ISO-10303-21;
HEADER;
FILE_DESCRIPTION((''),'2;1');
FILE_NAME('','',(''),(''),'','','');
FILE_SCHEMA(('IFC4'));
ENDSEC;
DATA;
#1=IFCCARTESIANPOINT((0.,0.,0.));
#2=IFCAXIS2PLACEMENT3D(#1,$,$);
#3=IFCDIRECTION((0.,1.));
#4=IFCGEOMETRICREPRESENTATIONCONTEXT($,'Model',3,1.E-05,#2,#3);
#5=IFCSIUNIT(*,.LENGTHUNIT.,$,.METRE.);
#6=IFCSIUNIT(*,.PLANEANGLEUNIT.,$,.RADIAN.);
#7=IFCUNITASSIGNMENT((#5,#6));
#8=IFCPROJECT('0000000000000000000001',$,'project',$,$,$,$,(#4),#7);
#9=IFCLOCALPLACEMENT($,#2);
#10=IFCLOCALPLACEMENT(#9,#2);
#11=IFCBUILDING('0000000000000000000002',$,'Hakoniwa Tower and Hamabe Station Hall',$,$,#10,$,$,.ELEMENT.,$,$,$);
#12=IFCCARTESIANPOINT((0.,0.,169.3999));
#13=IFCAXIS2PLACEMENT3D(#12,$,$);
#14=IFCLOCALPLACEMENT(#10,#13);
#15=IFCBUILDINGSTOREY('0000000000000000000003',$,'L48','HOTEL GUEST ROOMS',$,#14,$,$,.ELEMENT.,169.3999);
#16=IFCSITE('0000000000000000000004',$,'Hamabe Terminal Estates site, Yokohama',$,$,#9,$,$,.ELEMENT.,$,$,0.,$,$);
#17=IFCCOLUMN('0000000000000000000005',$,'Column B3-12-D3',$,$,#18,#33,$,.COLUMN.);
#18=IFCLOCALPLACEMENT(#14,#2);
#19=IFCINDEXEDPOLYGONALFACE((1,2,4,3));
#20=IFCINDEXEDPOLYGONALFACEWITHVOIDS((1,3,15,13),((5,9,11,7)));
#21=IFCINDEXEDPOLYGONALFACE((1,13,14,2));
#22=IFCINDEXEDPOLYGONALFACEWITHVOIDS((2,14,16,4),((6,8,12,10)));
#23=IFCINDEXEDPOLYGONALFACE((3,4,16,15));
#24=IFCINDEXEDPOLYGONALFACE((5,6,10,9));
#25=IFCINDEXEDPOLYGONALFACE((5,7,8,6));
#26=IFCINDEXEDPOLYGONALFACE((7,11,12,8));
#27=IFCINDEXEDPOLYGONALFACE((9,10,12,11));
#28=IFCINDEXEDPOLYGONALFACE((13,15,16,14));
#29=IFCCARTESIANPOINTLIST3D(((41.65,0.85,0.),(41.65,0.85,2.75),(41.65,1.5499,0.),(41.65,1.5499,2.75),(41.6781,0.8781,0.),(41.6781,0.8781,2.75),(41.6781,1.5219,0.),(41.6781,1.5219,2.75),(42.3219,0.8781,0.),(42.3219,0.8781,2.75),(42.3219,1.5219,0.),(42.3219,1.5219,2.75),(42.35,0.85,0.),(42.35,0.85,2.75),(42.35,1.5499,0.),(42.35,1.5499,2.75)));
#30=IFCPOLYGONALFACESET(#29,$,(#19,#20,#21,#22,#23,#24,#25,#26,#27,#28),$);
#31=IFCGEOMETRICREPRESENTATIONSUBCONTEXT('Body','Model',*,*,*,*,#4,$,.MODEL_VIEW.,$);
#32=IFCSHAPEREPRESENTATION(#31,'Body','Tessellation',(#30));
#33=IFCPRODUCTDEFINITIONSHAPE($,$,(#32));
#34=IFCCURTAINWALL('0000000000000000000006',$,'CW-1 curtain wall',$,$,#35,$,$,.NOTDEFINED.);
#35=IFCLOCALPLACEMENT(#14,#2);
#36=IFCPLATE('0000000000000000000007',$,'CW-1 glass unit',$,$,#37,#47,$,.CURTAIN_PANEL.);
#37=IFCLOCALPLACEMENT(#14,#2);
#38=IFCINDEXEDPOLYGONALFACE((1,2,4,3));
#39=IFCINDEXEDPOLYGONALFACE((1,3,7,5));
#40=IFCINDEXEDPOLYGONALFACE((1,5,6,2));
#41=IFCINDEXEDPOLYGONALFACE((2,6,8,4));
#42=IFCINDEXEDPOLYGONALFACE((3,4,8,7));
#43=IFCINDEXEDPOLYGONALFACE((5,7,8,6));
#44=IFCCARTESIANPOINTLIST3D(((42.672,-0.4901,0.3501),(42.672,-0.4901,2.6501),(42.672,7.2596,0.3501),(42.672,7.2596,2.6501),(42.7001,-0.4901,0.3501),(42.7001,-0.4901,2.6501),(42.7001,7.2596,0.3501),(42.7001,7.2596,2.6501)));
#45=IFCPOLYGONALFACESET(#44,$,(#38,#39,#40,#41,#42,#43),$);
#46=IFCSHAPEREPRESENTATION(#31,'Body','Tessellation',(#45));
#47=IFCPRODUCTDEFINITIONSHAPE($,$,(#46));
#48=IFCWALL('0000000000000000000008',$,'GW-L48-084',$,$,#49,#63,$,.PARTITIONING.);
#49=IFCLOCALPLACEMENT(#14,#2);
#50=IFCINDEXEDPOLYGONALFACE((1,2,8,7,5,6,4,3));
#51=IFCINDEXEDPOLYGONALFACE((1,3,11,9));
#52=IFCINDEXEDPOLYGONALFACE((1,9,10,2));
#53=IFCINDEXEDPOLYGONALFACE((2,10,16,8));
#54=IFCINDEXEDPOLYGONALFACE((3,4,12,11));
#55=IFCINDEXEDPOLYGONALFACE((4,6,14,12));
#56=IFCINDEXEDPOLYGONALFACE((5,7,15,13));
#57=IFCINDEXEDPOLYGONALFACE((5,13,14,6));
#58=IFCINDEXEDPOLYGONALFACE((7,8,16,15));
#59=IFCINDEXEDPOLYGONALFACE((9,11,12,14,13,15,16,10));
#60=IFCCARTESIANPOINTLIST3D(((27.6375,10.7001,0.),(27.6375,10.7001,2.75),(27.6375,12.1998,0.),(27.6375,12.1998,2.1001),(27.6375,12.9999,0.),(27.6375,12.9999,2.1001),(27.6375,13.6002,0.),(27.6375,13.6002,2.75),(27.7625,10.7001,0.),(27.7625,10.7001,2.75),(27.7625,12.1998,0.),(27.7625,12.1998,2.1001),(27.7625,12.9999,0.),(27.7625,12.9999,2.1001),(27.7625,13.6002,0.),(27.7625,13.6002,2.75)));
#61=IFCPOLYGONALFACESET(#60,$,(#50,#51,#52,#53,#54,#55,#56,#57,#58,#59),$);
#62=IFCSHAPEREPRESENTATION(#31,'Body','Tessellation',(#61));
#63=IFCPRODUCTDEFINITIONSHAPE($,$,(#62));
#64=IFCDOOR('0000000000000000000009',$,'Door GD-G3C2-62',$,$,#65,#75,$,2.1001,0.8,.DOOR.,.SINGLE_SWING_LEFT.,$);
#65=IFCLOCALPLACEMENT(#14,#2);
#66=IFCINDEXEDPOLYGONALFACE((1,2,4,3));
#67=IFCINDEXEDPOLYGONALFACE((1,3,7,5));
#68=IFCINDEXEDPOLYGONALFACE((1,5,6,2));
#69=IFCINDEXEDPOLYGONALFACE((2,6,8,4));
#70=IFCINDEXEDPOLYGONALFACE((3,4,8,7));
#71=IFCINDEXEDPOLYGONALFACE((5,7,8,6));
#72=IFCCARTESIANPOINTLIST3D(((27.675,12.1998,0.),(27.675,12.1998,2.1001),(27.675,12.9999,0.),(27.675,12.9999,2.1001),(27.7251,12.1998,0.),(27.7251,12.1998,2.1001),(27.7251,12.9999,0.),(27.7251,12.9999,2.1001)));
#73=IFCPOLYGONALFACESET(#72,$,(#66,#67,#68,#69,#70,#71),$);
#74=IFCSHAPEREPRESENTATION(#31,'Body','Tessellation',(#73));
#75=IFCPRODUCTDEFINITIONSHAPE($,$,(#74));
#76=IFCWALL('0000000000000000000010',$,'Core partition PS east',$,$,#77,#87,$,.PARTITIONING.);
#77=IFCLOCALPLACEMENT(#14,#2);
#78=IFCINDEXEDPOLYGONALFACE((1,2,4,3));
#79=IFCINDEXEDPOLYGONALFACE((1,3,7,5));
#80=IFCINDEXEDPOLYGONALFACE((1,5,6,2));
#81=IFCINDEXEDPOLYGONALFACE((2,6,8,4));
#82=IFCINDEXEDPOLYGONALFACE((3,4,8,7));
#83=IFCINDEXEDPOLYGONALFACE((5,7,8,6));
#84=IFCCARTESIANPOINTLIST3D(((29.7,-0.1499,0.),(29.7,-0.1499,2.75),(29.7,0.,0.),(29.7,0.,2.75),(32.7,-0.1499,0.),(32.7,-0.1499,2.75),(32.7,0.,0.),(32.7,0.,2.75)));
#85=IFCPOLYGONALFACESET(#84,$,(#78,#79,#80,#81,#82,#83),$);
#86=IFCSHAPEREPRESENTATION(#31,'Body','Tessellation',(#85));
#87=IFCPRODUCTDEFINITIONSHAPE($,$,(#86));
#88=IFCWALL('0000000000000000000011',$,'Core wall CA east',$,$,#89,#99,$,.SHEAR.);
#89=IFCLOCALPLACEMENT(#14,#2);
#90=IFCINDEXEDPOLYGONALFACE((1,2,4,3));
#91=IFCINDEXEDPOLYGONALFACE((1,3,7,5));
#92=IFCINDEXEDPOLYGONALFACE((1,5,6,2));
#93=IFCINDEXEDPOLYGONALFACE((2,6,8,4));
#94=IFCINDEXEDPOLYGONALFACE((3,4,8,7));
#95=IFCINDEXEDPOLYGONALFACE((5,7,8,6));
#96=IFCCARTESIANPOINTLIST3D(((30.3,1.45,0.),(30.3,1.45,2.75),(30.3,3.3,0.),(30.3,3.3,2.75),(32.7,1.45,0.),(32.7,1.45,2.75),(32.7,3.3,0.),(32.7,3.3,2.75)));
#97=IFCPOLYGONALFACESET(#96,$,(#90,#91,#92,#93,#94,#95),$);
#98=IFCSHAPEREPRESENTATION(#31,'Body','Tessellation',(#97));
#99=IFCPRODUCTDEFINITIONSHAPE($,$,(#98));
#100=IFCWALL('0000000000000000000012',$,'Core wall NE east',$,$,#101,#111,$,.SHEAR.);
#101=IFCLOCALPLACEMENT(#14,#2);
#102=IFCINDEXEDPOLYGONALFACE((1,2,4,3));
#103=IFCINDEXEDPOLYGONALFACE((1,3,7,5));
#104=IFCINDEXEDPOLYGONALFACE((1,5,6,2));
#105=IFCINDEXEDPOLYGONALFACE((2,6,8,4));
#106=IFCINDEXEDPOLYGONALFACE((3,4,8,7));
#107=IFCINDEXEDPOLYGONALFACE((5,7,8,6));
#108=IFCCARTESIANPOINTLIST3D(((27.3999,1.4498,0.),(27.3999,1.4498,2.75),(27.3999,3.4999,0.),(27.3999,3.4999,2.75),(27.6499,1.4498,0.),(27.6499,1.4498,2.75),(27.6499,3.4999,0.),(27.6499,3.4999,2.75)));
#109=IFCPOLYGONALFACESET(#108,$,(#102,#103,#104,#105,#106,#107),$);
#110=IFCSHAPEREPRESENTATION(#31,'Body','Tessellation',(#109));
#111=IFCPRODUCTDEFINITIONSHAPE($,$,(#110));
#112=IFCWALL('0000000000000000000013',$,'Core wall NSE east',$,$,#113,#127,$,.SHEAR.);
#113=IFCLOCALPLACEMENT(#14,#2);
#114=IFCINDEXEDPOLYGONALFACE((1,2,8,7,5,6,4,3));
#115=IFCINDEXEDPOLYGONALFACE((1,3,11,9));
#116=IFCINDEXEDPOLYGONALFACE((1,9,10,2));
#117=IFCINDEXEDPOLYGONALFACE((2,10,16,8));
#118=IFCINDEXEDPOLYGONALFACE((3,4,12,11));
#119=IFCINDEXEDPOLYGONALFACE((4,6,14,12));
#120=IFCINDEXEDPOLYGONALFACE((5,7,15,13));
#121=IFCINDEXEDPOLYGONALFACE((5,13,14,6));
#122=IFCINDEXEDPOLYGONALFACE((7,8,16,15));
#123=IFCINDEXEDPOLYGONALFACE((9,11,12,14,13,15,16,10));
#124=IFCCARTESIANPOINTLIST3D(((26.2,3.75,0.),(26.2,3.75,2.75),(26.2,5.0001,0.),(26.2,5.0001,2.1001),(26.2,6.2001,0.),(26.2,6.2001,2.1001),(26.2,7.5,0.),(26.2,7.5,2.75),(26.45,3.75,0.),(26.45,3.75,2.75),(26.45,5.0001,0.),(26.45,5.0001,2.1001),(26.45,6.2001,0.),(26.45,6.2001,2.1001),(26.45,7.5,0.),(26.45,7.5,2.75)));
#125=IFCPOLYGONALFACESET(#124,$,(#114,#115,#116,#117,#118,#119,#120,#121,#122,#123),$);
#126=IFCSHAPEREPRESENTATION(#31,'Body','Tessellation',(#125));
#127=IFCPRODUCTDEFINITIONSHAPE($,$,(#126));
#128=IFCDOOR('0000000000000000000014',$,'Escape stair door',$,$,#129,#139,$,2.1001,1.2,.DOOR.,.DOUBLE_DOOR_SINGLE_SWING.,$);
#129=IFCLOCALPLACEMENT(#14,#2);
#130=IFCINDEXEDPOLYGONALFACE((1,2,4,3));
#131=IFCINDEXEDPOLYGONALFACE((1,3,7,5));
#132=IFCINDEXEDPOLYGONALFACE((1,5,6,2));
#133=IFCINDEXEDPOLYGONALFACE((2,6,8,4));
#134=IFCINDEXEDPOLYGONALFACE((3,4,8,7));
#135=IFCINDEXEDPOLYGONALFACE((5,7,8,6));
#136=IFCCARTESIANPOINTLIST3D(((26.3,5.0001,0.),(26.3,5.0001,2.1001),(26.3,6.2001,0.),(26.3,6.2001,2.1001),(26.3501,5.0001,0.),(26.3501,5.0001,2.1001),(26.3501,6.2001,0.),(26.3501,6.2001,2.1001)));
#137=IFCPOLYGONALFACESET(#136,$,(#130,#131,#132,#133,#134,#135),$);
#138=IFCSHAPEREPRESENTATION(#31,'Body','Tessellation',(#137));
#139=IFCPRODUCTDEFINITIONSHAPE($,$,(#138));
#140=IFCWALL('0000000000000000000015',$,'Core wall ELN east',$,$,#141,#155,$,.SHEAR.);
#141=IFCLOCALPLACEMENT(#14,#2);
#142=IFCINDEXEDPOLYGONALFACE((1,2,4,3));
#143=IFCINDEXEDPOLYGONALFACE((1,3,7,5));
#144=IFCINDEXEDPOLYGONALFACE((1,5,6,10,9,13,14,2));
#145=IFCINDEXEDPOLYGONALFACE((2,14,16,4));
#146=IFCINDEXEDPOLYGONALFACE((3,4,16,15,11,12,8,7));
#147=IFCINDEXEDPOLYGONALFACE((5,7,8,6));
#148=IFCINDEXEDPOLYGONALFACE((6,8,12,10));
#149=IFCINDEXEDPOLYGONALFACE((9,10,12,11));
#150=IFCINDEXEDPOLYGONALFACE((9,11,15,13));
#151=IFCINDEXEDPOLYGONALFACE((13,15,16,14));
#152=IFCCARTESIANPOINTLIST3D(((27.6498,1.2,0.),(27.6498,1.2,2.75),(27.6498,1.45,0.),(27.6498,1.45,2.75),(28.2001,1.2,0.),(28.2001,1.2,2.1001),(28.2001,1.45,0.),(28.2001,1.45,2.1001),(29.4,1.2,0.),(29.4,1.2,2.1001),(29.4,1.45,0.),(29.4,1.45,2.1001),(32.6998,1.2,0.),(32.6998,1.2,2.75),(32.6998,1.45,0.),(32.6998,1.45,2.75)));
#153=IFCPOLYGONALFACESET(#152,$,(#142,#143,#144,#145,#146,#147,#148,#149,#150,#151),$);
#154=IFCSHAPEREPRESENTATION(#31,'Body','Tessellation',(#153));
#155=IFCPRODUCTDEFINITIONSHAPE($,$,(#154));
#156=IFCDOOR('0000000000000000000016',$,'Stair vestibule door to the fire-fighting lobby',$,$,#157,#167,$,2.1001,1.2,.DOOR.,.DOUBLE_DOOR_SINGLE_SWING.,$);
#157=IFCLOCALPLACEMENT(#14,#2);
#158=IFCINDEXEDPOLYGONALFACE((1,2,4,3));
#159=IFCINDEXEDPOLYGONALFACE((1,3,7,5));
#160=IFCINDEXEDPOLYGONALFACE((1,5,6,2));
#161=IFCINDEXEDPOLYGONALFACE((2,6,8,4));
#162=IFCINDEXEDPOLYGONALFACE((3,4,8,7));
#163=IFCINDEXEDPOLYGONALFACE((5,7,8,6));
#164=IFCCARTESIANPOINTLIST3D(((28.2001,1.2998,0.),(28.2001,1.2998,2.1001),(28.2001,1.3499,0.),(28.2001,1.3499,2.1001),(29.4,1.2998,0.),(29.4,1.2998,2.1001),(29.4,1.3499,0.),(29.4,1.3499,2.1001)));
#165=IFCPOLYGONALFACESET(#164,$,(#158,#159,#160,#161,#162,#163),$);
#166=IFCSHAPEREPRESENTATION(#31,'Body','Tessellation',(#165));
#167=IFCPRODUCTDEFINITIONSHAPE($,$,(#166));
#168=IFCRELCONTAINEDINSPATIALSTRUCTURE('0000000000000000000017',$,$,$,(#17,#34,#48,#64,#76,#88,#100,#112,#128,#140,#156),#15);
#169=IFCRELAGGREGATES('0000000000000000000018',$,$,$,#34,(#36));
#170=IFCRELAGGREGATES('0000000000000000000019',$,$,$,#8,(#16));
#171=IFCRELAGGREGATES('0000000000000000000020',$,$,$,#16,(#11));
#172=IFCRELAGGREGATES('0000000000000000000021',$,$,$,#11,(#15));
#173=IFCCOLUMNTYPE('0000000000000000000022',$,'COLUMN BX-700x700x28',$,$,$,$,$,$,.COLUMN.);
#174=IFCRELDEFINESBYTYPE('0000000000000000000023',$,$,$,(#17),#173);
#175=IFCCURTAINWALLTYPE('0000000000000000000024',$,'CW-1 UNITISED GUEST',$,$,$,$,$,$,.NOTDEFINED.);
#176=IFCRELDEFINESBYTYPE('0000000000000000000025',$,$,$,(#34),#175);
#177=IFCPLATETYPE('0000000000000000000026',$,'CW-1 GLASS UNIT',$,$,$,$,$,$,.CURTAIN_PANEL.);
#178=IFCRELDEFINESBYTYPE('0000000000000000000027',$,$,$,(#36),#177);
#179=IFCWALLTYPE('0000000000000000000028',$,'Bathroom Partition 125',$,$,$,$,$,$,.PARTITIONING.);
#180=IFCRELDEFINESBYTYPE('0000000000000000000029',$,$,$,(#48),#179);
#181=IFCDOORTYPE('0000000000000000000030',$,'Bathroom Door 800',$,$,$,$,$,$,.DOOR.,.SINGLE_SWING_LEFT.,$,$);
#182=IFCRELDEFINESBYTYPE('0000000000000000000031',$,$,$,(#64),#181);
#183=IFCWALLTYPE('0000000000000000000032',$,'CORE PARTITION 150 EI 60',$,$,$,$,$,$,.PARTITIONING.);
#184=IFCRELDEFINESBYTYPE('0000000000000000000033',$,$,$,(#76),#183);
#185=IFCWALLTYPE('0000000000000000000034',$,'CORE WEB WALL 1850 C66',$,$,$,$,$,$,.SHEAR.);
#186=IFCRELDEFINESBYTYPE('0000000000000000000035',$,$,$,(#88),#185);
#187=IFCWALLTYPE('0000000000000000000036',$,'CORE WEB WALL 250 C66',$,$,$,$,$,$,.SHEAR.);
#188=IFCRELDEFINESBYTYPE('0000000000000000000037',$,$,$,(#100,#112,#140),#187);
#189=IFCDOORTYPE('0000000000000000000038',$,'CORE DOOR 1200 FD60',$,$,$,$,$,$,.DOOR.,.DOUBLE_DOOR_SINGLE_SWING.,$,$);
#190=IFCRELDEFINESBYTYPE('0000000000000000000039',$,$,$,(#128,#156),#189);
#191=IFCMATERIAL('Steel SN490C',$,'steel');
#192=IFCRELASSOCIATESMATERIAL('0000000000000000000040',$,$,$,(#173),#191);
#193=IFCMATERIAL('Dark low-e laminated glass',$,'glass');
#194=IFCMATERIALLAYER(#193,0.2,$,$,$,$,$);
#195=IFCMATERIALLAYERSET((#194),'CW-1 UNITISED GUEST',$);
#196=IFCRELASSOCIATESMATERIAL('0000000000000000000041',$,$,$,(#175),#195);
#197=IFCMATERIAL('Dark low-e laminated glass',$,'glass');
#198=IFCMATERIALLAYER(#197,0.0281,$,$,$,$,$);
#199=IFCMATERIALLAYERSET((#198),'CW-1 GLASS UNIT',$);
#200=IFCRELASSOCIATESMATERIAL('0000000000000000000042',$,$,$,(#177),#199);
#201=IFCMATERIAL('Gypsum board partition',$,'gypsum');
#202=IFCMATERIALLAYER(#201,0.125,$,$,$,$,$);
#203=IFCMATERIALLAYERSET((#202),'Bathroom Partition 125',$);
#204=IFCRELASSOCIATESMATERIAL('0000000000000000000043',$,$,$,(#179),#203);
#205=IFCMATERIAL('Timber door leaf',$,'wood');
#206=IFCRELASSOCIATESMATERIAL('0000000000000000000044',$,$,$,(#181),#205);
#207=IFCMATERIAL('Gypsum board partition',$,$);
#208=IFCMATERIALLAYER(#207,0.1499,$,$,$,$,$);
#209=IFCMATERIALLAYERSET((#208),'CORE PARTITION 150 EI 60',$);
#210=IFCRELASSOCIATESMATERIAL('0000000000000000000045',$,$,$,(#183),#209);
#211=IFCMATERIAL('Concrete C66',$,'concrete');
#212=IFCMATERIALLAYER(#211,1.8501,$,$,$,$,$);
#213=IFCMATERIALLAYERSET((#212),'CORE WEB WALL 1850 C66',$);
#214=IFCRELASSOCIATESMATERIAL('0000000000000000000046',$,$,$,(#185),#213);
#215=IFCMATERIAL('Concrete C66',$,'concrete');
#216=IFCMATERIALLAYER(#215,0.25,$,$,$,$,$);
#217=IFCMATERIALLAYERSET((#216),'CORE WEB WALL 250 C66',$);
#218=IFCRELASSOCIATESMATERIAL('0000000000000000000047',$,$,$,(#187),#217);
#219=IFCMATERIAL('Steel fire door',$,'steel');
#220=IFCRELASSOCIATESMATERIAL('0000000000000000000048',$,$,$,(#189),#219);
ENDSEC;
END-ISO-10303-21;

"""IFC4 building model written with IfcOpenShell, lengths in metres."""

from ifc_helpers import new_model, si_unit, direction, frame, frame_2d, origin, origin_2d, place, context, subcontext, project, spatial, rectangle, hollow_rectangle, extrude, material, layer, layer_set, material_profile, profile_set, type_object, element, fill, aggregate, save


model = new_model("IFC4")

# Units and contexts
model_context = context("Model", 3, precision=1e-05, world=origin(), true_north=direction((0.0, 1.0)))
body_context = subcontext(model_context, "Body", "Model", "MODEL_VIEW")
ifc_project = project(units=[si_unit("LENGTHUNIT", "METRE"), si_unit("PLANEANGLEUNIT", "RADIAN")], contexts=[model_context])

# Site, building, storey
site_placement = place(None, origin())
site = spatial("IfcSite", under=ifc_project, at=site_placement, Name="Hamabe Terminal Estates site, Yokohama", CompositionType="ELEMENT", RefElevation=0.0)
building_placement = place(site_placement, origin())
building = spatial("IfcBuilding", under=site, at=building_placement, Name="Hakoniwa Tower and Hamabe Station Hall", CompositionType="ELEMENT")
storey_placement = place(building_placement, frame((0.0, 0.0, 169.3999)))
storey = spatial("IfcBuildingStorey", under=building, at=storey_placement, Name="L48", Description="HOTEL GUEST ROOMS", CompositionType="ELEMENT", Elevation=169.3999)

# Column
ifc_material_1 = material(Name="Steel SN490C", Category="steel")
ifc_material_profile = material_profile(ifc_material_1, hollow_rectangle(XDim=0.7, YDim=0.7, WallThickness=0.0281, at=origin_2d()), Name="BX-700x700x28")
ifc_profile_set = profile_set([ifc_material_profile], Name="Steel SN490C")
column_type = type_object("IfcColumnType", Name="COLUMN BX-700x700x28", PredefinedType="COLUMN", material=ifc_profile_set)
column_placement = place(storey_placement, frame((42.0, 1.2, 0.0), z_axis=(0.0, 0.0, 1.0), x_axis=(1.0, 0.0, 0.0)))
element("IfcColumn", 1, at=column_placement, inside=storey, type_object=column_type, Name="Column B3-12-D3", PredefinedType="COLUMN", context=body_context, shape_type="SweptSolid", body=[
    extrude(hollow_rectangle(XDim=0.7, YDim=0.7, WallThickness=0.0281, at=origin_2d()), origin(), (0.0, 0.0, 1.0), 2.75),
])

# Curtain wall, plate
ifc_material_2 = material(Name="Dark low-e laminated glass", Category="glass")
ifc_layer_1 = layer(ifc_material_2, 0.2)
ifc_layer_set_1 = layer_set([ifc_layer_1], Name="CW-1 UNITISED GUEST")
curtain_wall_type = type_object("IfcCurtainWallType", Name="CW-1 UNITISED GUEST", PredefinedType="NOTDEFINED", material=ifc_layer_set_1)
curtain_wall_placement = place(storey_placement, origin())
curtain_wall = element("IfcCurtainWall", 2, at=curtain_wall_placement, inside=storey, type_object=curtain_wall_type, Name="CW-1 curtain wall", PredefinedType="NOTDEFINED")
ifc_material_3 = material(Name="Dark low-e laminated glass", Category="glass")
ifc_layer_2 = layer(ifc_material_3, 0.0281)
ifc_layer_set_2 = layer_set([ifc_layer_2], Name="CW-1 GLASS UNIT")
plate_type = type_object("IfcPlateType", Name="CW-1 GLASS UNIT", PredefinedType="CURTAIN_PANEL", material=ifc_layer_set_2)
plate_placement = place(storey_placement, frame((42.686, 3.3848, 0.3501), z_axis=(0.0, 0.0, 1.0), x_axis=(0.0, 1.0, 0.0)))
plate = element("IfcPlate", 3, at=plate_placement, type_object=plate_type, Name="CW-1 glass unit", PredefinedType="CURTAIN_PANEL", context=body_context, shape_type="SweptSolid", body=[
    extrude(rectangle(XDim=7.7498, YDim=0.0281, at=origin_2d()), origin(), (0.0, 0.0, 1.0), 2.3),
])
aggregate(curtain_wall, [plate])

# Wall, opening, door
ifc_material_4 = material(Name="Gypsum board partition", Category="gypsum")
ifc_layer_3 = layer(ifc_material_4, 0.125)
ifc_layer_set_3 = layer_set([ifc_layer_3], Name="Bathroom Partition 125")
wall_type_1 = type_object("IfcWallType", Name="Bathroom Partition 125", PredefinedType="PARTITIONING", material=ifc_layer_set_3)
wall_1_placement = place(storey_placement, frame((27.7, 10.7, 0.0), z_axis=(0.0, 0.0, 1.0), x_axis=(0.0, 1.0, 0.0)))
wall_1 = element("IfcWall", 4, at=wall_1_placement, inside=storey, type_object=wall_type_1, Name="GW-L48-084", PredefinedType="PARTITIONING", context=body_context, shape_type="SweptSolid", body=[
    extrude(rectangle(XDim=2.9001, YDim=0.125, at=frame_2d((1.4502, 0.0))), origin(), (0.0, 0.0, 1.0), 2.75),
])
opening_1_placement = place(wall_1_placement, frame((1.5, 0.0, 0.0)))
opening_1 = element("IfcOpeningElement", 5, at=opening_1_placement, cuts=wall_1, PredefinedType="OPENING", context=body_context, shape_type="SweptSolid", body=[
    extrude(rectangle(XDim=0.8, YDim=2.1001, at=frame_2d((0.3999, 1.05))), frame((0.0, 0.0725, 0.0), z_axis=(0.0, -1.0, 0.0), x_axis=(1.0, 0.0, 0.0)), (0.0, 0.0, 1.0), 0.145),
])
ifc_material_5 = material(Name="Timber door leaf", Category="wood")
door_type_1 = type_object("IfcDoorType", Name="Bathroom Door 800", OperationType="SINGLE_SWING_LEFT", PredefinedType="DOOR", material=ifc_material_5)
door_1_placement = place(opening_1_placement, origin())
door_1 = element("IfcDoor", 6, at=door_1_placement, inside=storey, type_object=door_type_1, Name="Door GD-G3C2-62", OperationType="SINGLE_SWING_LEFT", OverallHeight=2.1001, OverallWidth=0.8, PredefinedType="DOOR", context=body_context, shape_type="SweptSolid", body=[
    extrude(rectangle(XDim=0.8, YDim=2.1001, at=frame_2d((0.3999, 1.05))), frame((0.0, 0.0249, 0.0), z_axis=(0.0, -1.0, 0.0), x_axis=(1.0, 0.0, 0.0)), (0.0, 0.0, 1.0), 0.05),
])
fill(opening_1, door_1)

# Walls
ifc_material_6 = material(Name="Gypsum board partition")
ifc_layer_4 = layer(ifc_material_6, 0.1499)
ifc_layer_set_4 = layer_set([ifc_layer_4], Name="CORE PARTITION 150 EI 60")
wall_type_2 = type_object("IfcWallType", Name="CORE PARTITION 150 EI 60", PredefinedType="PARTITIONING", material=ifc_layer_set_4)
wall_2_placement = place(storey_placement, frame((29.7, -0.075, 0.0), z_axis=(0.0, 0.0, 1.0), x_axis=(1.0, 0.0, 0.0)))
element("IfcWall", 7, at=wall_2_placement, inside=storey, type_object=wall_type_2, Name="Core partition PS east", PredefinedType="PARTITIONING", context=body_context, shape_type="SweptSolid", body=[
    extrude(rectangle(XDim=3.0, YDim=0.1499, at=frame_2d((1.5, 0.0))), origin(), (0.0, 0.0, 1.0), 2.75),
])
ifc_material_7 = material(Name="Concrete C66", Category="concrete")
ifc_layer_5 = layer(ifc_material_7, 1.8501)
ifc_layer_set_5 = layer_set([ifc_layer_5], Name="CORE WEB WALL 1850 C66")
wall_type_3 = type_object("IfcWallType", Name="CORE WEB WALL 1850 C66", PredefinedType="SHEAR", material=ifc_layer_set_5)
wall_3_placement = place(storey_placement, frame((30.3, 2.375, 0.0), z_axis=(0.0, 0.0, 1.0), x_axis=(1.0, 0.0, 0.0)))
element("IfcWall", 8, at=wall_3_placement, inside=storey, type_object=wall_type_3, Name="Core wall CA east", PredefinedType="SHEAR", context=body_context, shape_type="SweptSolid", body=[
    extrude(rectangle(XDim=2.3999, YDim=1.8501, at=frame_2d((1.2, 0.0))), origin(), (0.0, 0.0, 1.0), 2.75),
])
ifc_material_8 = material(Name="Concrete C66", Category="concrete")
ifc_layer_6 = layer(ifc_material_8, 0.25)
ifc_layer_set_6 = layer_set([ifc_layer_6], Name="CORE WEB WALL 250 C66")
wall_type_4 = type_object("IfcWallType", Name="CORE WEB WALL 250 C66", PredefinedType="SHEAR", material=ifc_layer_set_6)
wall_4_placement = place(storey_placement, frame((27.5249, 1.45, 0.0), z_axis=(0.0, 0.0, 1.0), x_axis=(0.0, 1.0, 0.0)))
element("IfcWall", 9, at=wall_4_placement, inside=storey, type_object=wall_type_4, Name="Core wall NE east", PredefinedType="SHEAR", context=body_context, shape_type="SweptSolid", body=[
    extrude(rectangle(XDim=2.05, YDim=0.25, at=frame_2d((1.0249, 0.0))), origin(), (0.0, 0.0, 1.0), 2.75),
])

# Walls, openings, doors
wall_5_placement = place(storey_placement, frame((26.325, 3.75, 0.0), z_axis=(0.0, 0.0, 1.0), x_axis=(0.0, 1.0, 0.0)))
wall_5 = element("IfcWall", 10, at=wall_5_placement, inside=storey, type_object=wall_type_4, Name="Core wall NSE east", PredefinedType="SHEAR", context=body_context, shape_type="SweptSolid", body=[
    extrude(rectangle(XDim=3.75, YDim=0.25, at=frame_2d((1.875, 0.0))), origin(), (0.0, 0.0, 1.0), 2.75),
])
opening_2_placement = place(wall_5_placement, frame((1.25, 0.0, 0.0)))
opening_2 = element("IfcOpeningElement", 11, at=opening_2_placement, cuts=wall_5, PredefinedType="OPENING", context=body_context, shape_type="SweptSolid", body=[
    extrude(rectangle(XDim=1.2, YDim=2.1001, at=frame_2d((0.6001, 1.05))), frame((0.0, 0.135, 0.0), z_axis=(0.0, -1.0, 0.0), x_axis=(1.0, 0.0, 0.0)), (0.0, 0.0, 1.0), 0.27),
])
ifc_material_9 = material(Name="Steel fire door", Category="steel")
door_type_2 = type_object("IfcDoorType", Name="CORE DOOR 1200 FD60", OperationType="DOUBLE_DOOR_SINGLE_SWING", PredefinedType="DOOR", material=ifc_material_9)
door_2_placement = place(opening_2_placement, origin())
door_2 = element("IfcDoor", 12, at=door_2_placement, inside=storey, type_object=door_type_2, Name="Escape stair door", OperationType="DOUBLE_DOOR_SINGLE_SWING", OverallHeight=2.1001, OverallWidth=1.2, PredefinedType="DOOR", context=body_context, shape_type="SweptSolid", body=[
    extrude(rectangle(XDim=1.2, YDim=2.1001, at=frame_2d((0.6001, 1.05))), frame((0.0, 0.0249, 0.0), z_axis=(0.0, -1.0, 0.0), x_axis=(1.0, 0.0, 0.0)), (0.0, 0.0, 1.0), 0.05),
])
fill(opening_2, door_2)
wall_6_placement = place(storey_placement, frame((27.6499, 1.325, 0.0), z_axis=(0.0, 0.0, 1.0), x_axis=(1.0, 0.0, 0.0)))
wall_6 = element("IfcWall", 13, at=wall_6_placement, inside=storey, type_object=wall_type_4, Name="Core wall ELN east", PredefinedType="SHEAR", context=body_context, shape_type="SweptSolid", body=[
    extrude(rectangle(XDim=5.05, YDim=0.25, at=frame_2d((2.5249, 0.0))), origin(), (0.0, 0.0, 1.0), 2.75),
])
opening_3_placement = place(wall_6_placement, frame((0.55, 0.0, 0.0)))
opening_3 = element("IfcOpeningElement", 14, at=opening_3_placement, cuts=wall_6, PredefinedType="OPENING", context=body_context, shape_type="SweptSolid", body=[
    extrude(rectangle(XDim=1.2, YDim=2.1001, at=frame_2d((0.6001, 1.05))), frame((0.0, 0.135, 0.0), z_axis=(0.0, -1.0, 0.0), x_axis=(1.0, 0.0, 0.0)), (0.0, 0.0, 1.0), 0.27),
])
door_3_placement = place(opening_3_placement, origin())
door_3 = element("IfcDoor", 15, at=door_3_placement, inside=storey, type_object=door_type_2, Name="Stair vestibule door to the fire-fighting lobby", OperationType="DOUBLE_DOOR_SINGLE_SWING", OverallHeight=2.1001, OverallWidth=1.2, PredefinedType="DOOR", context=body_context, shape_type="SweptSolid", body=[
    extrude(rectangle(XDim=1.2, YDim=2.1001, at=frame_2d((0.6001, 1.05))), frame((0.0, 0.0249, 0.0), z_axis=(0.0, -1.0, 0.0), x_axis=(1.0, 0.0, 0.0)), (0.0, 0.0, 1.0), 0.05),
])
fill(opening_3, door_3)

save(model, "model.ifc")
